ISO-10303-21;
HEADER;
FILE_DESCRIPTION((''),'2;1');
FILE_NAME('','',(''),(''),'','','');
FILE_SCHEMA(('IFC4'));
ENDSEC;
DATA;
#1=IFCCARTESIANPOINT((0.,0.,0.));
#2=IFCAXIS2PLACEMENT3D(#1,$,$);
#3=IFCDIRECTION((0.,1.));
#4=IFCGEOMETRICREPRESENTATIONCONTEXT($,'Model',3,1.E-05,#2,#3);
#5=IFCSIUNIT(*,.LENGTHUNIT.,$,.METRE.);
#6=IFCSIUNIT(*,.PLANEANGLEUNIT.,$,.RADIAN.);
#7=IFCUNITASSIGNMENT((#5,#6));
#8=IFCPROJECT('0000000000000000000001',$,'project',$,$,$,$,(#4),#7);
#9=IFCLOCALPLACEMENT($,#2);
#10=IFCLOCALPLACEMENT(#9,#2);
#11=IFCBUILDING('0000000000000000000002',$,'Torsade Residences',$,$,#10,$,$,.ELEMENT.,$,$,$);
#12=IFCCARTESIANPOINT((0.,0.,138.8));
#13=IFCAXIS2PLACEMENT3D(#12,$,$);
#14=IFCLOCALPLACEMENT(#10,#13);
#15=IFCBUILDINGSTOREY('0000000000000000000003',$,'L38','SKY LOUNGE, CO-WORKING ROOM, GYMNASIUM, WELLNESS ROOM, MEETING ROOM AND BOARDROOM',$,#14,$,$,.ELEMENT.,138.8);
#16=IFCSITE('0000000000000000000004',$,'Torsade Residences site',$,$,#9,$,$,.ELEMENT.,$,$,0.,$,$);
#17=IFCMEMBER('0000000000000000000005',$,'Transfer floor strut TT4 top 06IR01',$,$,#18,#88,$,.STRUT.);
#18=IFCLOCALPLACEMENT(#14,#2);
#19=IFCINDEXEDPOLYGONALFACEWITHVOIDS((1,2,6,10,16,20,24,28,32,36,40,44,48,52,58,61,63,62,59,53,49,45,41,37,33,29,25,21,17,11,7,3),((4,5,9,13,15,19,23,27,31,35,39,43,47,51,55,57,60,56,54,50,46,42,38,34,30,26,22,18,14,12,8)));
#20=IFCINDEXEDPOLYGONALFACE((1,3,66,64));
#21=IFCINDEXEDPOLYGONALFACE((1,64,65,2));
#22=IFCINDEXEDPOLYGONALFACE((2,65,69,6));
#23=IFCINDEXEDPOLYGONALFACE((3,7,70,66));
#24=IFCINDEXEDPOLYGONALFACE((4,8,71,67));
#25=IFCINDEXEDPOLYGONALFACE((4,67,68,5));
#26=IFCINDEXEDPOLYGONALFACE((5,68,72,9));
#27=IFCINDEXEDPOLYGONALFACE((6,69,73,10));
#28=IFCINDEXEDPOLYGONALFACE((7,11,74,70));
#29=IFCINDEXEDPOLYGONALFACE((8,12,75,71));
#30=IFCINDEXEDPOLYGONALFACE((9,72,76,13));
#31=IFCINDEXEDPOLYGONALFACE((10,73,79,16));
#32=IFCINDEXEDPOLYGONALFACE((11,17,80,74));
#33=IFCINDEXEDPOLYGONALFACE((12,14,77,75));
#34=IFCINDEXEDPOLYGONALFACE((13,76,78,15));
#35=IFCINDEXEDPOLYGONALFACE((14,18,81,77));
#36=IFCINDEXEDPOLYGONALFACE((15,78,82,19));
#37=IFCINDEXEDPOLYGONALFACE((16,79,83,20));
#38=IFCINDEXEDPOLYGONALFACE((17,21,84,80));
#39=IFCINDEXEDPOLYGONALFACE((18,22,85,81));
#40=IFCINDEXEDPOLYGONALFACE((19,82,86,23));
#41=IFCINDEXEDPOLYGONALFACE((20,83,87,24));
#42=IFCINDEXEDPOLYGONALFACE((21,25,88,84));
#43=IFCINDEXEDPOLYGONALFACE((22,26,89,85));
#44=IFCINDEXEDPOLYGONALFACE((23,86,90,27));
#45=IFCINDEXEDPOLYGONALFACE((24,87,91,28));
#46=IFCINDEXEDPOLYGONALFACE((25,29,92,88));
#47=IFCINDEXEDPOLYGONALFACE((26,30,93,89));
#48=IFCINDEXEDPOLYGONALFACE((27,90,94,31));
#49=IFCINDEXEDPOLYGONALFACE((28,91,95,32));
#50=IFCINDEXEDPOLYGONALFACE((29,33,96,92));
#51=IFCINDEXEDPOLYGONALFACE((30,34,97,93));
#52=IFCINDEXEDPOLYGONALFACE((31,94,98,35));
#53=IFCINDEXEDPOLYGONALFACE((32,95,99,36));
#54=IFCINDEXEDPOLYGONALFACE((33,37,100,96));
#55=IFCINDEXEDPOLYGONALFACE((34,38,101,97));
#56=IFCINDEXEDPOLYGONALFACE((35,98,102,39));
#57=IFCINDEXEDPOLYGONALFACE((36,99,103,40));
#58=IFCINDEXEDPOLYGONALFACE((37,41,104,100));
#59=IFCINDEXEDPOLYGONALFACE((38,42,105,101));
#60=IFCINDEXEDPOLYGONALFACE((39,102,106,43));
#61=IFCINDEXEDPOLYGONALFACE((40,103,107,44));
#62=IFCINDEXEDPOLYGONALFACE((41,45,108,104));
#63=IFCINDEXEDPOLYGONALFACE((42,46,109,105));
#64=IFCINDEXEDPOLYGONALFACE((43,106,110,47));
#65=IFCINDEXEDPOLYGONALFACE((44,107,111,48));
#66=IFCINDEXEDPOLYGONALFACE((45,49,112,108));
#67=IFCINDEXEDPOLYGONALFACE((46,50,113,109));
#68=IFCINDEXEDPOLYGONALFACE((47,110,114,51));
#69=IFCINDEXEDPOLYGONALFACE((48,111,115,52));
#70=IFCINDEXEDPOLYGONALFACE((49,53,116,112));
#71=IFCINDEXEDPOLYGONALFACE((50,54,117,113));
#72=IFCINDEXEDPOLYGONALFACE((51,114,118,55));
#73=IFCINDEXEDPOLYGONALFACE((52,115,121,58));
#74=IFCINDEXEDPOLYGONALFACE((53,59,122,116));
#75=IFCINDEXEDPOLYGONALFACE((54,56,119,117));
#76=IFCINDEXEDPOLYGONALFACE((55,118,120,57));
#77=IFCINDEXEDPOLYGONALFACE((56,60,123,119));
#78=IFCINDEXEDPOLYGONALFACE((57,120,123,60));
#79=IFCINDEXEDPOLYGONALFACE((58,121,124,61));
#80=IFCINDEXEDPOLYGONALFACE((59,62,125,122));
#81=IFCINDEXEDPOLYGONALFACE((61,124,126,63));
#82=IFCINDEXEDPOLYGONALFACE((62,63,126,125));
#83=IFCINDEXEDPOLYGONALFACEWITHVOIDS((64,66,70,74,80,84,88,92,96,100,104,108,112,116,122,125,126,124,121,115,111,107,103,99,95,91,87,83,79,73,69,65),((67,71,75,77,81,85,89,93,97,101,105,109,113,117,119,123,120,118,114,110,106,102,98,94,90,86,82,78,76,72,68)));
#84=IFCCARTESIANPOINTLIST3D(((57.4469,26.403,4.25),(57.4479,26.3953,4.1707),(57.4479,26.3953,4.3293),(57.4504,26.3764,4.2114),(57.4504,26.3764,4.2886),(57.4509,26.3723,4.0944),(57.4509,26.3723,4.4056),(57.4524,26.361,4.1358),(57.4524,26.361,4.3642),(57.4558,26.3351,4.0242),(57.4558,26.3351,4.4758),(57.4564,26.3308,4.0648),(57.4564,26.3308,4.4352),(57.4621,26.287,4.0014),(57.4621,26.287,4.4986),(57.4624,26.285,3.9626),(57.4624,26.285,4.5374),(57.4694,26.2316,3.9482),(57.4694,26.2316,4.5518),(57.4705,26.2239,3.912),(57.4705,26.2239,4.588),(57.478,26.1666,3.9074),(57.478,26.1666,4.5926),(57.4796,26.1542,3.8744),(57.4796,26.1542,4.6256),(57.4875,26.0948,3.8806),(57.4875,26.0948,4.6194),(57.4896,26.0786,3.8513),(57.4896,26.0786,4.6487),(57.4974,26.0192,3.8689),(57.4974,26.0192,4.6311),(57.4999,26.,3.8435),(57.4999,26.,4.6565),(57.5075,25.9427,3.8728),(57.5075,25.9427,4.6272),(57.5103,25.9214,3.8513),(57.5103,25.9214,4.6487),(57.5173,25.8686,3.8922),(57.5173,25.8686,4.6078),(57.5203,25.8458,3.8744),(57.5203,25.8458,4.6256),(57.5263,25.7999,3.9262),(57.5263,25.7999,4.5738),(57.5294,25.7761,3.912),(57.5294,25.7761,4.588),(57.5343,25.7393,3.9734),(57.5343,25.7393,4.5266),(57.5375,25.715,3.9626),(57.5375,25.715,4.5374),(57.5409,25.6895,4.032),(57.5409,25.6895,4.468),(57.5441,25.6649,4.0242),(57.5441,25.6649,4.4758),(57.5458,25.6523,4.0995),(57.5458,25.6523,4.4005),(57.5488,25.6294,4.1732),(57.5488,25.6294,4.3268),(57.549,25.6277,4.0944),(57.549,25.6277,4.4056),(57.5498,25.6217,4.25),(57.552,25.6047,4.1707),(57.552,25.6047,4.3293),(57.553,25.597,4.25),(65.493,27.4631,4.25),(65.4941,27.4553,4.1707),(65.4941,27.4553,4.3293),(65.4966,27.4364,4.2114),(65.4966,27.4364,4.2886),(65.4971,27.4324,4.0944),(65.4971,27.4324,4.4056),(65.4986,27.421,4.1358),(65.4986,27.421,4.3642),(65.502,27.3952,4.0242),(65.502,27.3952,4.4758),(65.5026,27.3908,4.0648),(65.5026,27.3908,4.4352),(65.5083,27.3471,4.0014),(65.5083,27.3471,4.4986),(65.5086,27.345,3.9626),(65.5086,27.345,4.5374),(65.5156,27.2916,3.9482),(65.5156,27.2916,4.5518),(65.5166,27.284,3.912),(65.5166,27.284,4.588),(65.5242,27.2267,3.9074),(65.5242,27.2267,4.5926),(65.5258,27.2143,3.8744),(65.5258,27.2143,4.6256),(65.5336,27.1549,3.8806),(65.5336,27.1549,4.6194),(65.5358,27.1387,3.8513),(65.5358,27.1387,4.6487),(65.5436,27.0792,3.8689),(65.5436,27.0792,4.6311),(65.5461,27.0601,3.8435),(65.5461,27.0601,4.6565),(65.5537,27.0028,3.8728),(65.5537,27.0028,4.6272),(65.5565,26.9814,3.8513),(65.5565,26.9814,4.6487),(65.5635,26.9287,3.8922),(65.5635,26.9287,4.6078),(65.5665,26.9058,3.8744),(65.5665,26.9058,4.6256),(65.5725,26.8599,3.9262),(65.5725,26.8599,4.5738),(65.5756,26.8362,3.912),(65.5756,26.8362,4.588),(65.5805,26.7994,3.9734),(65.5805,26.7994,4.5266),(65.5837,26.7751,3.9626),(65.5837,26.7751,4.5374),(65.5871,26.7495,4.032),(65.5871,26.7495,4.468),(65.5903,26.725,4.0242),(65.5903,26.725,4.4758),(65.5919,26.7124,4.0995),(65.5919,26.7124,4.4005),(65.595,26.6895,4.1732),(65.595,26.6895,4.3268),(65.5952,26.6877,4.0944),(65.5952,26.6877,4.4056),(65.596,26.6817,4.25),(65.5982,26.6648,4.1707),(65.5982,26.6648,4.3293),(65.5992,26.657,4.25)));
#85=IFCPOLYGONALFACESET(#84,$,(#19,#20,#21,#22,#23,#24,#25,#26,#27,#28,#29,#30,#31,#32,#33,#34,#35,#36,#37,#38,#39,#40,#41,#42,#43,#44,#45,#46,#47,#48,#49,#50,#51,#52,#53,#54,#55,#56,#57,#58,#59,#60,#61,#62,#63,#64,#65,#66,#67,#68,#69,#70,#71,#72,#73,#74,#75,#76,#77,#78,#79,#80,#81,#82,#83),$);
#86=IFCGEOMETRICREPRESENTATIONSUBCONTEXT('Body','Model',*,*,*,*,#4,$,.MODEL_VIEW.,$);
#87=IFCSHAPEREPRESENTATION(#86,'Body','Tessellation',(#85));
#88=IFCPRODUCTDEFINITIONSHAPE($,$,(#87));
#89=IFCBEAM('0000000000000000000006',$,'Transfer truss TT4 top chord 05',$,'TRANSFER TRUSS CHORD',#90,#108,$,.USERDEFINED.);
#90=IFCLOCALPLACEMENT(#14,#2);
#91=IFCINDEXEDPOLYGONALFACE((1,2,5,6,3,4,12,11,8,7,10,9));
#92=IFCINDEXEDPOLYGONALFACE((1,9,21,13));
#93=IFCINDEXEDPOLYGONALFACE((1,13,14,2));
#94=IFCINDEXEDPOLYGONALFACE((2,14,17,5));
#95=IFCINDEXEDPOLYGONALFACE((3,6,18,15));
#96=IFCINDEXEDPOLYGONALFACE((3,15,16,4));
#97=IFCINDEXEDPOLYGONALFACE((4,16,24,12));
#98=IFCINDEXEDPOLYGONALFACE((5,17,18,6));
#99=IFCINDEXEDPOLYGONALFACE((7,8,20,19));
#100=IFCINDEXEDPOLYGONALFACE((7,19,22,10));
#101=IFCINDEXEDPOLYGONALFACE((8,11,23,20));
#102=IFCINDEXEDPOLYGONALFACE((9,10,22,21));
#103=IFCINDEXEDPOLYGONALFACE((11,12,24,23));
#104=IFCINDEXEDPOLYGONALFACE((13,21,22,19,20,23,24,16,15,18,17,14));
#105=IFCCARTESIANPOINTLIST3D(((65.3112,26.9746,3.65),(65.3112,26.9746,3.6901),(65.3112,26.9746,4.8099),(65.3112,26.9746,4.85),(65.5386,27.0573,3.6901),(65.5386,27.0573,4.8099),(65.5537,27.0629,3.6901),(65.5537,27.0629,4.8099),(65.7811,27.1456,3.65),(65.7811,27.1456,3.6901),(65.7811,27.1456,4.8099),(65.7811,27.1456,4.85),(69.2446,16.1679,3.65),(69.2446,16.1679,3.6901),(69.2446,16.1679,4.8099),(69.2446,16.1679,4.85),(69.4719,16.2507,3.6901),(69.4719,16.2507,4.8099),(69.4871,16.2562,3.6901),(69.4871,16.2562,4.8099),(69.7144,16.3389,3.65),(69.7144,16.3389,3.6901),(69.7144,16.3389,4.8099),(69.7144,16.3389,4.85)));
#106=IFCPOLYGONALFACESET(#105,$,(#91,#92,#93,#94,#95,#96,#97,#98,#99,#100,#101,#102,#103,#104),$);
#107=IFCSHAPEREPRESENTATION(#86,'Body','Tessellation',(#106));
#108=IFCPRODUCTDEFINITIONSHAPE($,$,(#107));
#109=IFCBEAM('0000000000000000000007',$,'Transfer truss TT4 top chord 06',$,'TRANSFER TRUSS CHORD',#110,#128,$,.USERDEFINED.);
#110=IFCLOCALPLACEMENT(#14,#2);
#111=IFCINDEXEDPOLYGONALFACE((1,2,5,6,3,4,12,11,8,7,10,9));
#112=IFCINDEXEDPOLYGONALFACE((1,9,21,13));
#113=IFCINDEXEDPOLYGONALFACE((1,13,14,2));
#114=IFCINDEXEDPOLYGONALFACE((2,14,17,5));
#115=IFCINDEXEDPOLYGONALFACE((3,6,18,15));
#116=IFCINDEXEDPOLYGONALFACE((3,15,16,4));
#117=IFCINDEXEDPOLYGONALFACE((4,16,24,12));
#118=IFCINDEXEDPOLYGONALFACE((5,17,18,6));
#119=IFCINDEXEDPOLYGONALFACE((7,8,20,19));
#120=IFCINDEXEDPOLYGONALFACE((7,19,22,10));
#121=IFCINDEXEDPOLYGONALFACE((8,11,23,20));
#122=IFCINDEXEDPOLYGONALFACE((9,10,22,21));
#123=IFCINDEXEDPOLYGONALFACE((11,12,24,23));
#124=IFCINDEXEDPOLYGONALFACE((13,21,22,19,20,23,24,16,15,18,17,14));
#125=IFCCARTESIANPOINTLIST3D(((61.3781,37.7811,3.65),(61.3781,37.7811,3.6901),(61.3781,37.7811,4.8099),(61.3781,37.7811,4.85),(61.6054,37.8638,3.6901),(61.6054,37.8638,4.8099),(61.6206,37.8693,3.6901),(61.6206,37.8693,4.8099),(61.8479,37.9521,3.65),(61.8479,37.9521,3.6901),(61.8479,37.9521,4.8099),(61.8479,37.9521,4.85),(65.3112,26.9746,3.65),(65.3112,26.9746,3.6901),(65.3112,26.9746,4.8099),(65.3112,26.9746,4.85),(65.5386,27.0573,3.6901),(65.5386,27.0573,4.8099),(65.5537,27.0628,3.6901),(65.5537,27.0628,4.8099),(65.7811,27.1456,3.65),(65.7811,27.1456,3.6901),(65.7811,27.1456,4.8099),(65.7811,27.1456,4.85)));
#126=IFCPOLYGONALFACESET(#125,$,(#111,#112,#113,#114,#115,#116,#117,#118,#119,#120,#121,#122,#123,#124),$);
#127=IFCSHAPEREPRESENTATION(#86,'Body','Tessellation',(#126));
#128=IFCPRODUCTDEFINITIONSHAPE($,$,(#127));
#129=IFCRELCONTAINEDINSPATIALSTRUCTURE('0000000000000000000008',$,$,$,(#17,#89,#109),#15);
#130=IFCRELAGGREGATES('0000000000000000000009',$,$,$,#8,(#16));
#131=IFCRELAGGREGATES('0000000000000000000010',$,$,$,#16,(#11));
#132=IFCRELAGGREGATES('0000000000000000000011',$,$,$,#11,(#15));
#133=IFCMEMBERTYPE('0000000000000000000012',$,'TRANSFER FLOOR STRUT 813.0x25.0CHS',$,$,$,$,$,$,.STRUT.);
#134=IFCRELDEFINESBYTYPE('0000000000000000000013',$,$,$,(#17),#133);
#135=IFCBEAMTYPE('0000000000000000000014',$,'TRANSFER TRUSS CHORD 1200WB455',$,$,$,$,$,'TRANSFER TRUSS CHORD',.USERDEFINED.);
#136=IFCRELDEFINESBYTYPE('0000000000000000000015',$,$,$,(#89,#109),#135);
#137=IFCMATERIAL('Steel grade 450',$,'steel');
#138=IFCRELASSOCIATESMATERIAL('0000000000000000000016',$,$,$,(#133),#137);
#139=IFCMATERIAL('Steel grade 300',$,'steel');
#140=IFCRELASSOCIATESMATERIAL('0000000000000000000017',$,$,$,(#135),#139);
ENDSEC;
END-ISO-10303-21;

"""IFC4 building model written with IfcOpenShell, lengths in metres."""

from ifc_helpers import new_model, si_unit, direction, frame, origin, origin_2d, place, context, subcontext, project, spatial, hollow_circle, i_section, extrude, material, material_profile, profile_set, type_object, element, save


model = new_model("IFC4")

# Units and contexts
model_context = context("Model", 3, precision=1e-05, world=origin(), true_north=direction((0.0, 1.0)))
body_context = subcontext(model_context, "Body", "Model", "MODEL_VIEW")
ifc_project = project(units=[si_unit("LENGTHUNIT", "METRE"), si_unit("PLANEANGLEUNIT", "RADIAN")], contexts=[model_context])

# Site, building, storey
site_placement = place(None, origin())
site = spatial("IfcSite", under=ifc_project, at=site_placement, Name="Torsade Residences site", CompositionType="ELEMENT", RefElevation=0.0)
building_placement = place(site_placement, origin())
building = spatial("IfcBuilding", under=site, at=building_placement, Name="Torsade Residences", CompositionType="ELEMENT")
storey_placement = place(building_placement, frame((0.0, 0.0, 138.8)))
storey = spatial("IfcBuildingStorey", under=building, at=storey_placement, Name="L38", Description="SKY LOUNGE, CO-WORKING ROOM, GYMNASIUM, WELLNESS ROOM, MEETING ROOM AND BOARDROOM", CompositionType="ELEMENT", Elevation=138.8)

# Member
ifc_material_1 = material(Name="Steel grade 450", Category="steel")
ifc_material_profile_1 = material_profile(ifc_material_1, hollow_circle(Radius=0.4065, WallThickness=0.0249, at=origin_2d()), Name="813.0x25.0CHS")
ifc_profile_set_1 = profile_set([ifc_material_profile_1], Name="Steel grade 450")
member_type_1 = type_object("IfcMemberType", Name="TRANSFER FLOOR STRUT 813.0x25.0CHS", PredefinedType="STRUT", material=ifc_profile_set_1)
member_1_placement = place(storey_placement, frame((65.5461, 27.0601, 4.25), z_axis=(-0.991433, -0.130619, 0.0), x_axis=(0.130619, -0.991433, 0.0)))
element("IfcMember", 1, at=member_1_placement, inside=storey, type_object=member_type_1, Name="Transfer floor strut TT4 top 06IR01", PredefinedType="STRUT", context=body_context, shape_type="SweptSolid", body=[
    extrude(hollow_circle(Radius=0.4065, WallThickness=0.0249, at=origin_2d()), origin(), (0.0, 0.0, 1.0), 8.1157),
])

# Beams
ifc_material_2 = material(Name="Steel grade 300", Category="steel")
ifc_material_profile_2 = material_profile(ifc_material_2, i_section(OverallWidth=0.5, OverallDepth=1.2, WebThickness=0.0161, FlangeThickness=0.04, at=origin_2d()), Name="1200WB455")
ifc_profile_set_2 = profile_set([ifc_material_profile_2], Name="Steel grade 300")
beam_type_1 = type_object("IfcBeamType", Name="TRANSFER TRUSS CHORD 1200WB455", ElementType="TRANSFER TRUSS CHORD", PredefinedType="USERDEFINED", material=ifc_profile_set_2)
beam_1_placement = place(storey_placement, frame((69.4795, 16.2534, 4.25), z_axis=(-0.342024, 0.939691, 0.0), x_axis=(-0.939691, -0.342024, 0.0)))
element("IfcBeam", 2, at=beam_1_placement, inside=storey, type_object=beam_type_1, Name="Transfer truss TT4 top chord 05", ObjectType="TRANSFER TRUSS CHORD", PredefinedType="USERDEFINED", context=body_context, shape_type="SweptSolid", body=[
    extrude(i_section(OverallWidth=0.5, OverallDepth=1.2, WebThickness=0.0161, FlangeThickness=0.04, at=origin_2d()), origin(), (0.0, 0.0, 1.0), 11.5002),
])
beam_2_placement = place(storey_placement, frame((65.5461, 27.0601, 4.25), z_axis=(-0.342012, 0.939695, 0.0), x_axis=(-0.939695, -0.342012, 0.0)))
element("IfcBeam", 3, at=beam_2_placement, inside=storey, type_object=beam_type_1, Name="Transfer truss TT4 top chord 06", ObjectType="TRANSFER TRUSS CHORD", PredefinedType="USERDEFINED", context=body_context, shape_type="SweptSolid", body=[
    extrude(i_section(OverallWidth=0.5, OverallDepth=1.2, WebThickness=0.0161, FlangeThickness=0.04, at=origin_2d()), origin(), (0.0, 0.0, 1.0), 11.5),
])

save(model, "model.ifc")
